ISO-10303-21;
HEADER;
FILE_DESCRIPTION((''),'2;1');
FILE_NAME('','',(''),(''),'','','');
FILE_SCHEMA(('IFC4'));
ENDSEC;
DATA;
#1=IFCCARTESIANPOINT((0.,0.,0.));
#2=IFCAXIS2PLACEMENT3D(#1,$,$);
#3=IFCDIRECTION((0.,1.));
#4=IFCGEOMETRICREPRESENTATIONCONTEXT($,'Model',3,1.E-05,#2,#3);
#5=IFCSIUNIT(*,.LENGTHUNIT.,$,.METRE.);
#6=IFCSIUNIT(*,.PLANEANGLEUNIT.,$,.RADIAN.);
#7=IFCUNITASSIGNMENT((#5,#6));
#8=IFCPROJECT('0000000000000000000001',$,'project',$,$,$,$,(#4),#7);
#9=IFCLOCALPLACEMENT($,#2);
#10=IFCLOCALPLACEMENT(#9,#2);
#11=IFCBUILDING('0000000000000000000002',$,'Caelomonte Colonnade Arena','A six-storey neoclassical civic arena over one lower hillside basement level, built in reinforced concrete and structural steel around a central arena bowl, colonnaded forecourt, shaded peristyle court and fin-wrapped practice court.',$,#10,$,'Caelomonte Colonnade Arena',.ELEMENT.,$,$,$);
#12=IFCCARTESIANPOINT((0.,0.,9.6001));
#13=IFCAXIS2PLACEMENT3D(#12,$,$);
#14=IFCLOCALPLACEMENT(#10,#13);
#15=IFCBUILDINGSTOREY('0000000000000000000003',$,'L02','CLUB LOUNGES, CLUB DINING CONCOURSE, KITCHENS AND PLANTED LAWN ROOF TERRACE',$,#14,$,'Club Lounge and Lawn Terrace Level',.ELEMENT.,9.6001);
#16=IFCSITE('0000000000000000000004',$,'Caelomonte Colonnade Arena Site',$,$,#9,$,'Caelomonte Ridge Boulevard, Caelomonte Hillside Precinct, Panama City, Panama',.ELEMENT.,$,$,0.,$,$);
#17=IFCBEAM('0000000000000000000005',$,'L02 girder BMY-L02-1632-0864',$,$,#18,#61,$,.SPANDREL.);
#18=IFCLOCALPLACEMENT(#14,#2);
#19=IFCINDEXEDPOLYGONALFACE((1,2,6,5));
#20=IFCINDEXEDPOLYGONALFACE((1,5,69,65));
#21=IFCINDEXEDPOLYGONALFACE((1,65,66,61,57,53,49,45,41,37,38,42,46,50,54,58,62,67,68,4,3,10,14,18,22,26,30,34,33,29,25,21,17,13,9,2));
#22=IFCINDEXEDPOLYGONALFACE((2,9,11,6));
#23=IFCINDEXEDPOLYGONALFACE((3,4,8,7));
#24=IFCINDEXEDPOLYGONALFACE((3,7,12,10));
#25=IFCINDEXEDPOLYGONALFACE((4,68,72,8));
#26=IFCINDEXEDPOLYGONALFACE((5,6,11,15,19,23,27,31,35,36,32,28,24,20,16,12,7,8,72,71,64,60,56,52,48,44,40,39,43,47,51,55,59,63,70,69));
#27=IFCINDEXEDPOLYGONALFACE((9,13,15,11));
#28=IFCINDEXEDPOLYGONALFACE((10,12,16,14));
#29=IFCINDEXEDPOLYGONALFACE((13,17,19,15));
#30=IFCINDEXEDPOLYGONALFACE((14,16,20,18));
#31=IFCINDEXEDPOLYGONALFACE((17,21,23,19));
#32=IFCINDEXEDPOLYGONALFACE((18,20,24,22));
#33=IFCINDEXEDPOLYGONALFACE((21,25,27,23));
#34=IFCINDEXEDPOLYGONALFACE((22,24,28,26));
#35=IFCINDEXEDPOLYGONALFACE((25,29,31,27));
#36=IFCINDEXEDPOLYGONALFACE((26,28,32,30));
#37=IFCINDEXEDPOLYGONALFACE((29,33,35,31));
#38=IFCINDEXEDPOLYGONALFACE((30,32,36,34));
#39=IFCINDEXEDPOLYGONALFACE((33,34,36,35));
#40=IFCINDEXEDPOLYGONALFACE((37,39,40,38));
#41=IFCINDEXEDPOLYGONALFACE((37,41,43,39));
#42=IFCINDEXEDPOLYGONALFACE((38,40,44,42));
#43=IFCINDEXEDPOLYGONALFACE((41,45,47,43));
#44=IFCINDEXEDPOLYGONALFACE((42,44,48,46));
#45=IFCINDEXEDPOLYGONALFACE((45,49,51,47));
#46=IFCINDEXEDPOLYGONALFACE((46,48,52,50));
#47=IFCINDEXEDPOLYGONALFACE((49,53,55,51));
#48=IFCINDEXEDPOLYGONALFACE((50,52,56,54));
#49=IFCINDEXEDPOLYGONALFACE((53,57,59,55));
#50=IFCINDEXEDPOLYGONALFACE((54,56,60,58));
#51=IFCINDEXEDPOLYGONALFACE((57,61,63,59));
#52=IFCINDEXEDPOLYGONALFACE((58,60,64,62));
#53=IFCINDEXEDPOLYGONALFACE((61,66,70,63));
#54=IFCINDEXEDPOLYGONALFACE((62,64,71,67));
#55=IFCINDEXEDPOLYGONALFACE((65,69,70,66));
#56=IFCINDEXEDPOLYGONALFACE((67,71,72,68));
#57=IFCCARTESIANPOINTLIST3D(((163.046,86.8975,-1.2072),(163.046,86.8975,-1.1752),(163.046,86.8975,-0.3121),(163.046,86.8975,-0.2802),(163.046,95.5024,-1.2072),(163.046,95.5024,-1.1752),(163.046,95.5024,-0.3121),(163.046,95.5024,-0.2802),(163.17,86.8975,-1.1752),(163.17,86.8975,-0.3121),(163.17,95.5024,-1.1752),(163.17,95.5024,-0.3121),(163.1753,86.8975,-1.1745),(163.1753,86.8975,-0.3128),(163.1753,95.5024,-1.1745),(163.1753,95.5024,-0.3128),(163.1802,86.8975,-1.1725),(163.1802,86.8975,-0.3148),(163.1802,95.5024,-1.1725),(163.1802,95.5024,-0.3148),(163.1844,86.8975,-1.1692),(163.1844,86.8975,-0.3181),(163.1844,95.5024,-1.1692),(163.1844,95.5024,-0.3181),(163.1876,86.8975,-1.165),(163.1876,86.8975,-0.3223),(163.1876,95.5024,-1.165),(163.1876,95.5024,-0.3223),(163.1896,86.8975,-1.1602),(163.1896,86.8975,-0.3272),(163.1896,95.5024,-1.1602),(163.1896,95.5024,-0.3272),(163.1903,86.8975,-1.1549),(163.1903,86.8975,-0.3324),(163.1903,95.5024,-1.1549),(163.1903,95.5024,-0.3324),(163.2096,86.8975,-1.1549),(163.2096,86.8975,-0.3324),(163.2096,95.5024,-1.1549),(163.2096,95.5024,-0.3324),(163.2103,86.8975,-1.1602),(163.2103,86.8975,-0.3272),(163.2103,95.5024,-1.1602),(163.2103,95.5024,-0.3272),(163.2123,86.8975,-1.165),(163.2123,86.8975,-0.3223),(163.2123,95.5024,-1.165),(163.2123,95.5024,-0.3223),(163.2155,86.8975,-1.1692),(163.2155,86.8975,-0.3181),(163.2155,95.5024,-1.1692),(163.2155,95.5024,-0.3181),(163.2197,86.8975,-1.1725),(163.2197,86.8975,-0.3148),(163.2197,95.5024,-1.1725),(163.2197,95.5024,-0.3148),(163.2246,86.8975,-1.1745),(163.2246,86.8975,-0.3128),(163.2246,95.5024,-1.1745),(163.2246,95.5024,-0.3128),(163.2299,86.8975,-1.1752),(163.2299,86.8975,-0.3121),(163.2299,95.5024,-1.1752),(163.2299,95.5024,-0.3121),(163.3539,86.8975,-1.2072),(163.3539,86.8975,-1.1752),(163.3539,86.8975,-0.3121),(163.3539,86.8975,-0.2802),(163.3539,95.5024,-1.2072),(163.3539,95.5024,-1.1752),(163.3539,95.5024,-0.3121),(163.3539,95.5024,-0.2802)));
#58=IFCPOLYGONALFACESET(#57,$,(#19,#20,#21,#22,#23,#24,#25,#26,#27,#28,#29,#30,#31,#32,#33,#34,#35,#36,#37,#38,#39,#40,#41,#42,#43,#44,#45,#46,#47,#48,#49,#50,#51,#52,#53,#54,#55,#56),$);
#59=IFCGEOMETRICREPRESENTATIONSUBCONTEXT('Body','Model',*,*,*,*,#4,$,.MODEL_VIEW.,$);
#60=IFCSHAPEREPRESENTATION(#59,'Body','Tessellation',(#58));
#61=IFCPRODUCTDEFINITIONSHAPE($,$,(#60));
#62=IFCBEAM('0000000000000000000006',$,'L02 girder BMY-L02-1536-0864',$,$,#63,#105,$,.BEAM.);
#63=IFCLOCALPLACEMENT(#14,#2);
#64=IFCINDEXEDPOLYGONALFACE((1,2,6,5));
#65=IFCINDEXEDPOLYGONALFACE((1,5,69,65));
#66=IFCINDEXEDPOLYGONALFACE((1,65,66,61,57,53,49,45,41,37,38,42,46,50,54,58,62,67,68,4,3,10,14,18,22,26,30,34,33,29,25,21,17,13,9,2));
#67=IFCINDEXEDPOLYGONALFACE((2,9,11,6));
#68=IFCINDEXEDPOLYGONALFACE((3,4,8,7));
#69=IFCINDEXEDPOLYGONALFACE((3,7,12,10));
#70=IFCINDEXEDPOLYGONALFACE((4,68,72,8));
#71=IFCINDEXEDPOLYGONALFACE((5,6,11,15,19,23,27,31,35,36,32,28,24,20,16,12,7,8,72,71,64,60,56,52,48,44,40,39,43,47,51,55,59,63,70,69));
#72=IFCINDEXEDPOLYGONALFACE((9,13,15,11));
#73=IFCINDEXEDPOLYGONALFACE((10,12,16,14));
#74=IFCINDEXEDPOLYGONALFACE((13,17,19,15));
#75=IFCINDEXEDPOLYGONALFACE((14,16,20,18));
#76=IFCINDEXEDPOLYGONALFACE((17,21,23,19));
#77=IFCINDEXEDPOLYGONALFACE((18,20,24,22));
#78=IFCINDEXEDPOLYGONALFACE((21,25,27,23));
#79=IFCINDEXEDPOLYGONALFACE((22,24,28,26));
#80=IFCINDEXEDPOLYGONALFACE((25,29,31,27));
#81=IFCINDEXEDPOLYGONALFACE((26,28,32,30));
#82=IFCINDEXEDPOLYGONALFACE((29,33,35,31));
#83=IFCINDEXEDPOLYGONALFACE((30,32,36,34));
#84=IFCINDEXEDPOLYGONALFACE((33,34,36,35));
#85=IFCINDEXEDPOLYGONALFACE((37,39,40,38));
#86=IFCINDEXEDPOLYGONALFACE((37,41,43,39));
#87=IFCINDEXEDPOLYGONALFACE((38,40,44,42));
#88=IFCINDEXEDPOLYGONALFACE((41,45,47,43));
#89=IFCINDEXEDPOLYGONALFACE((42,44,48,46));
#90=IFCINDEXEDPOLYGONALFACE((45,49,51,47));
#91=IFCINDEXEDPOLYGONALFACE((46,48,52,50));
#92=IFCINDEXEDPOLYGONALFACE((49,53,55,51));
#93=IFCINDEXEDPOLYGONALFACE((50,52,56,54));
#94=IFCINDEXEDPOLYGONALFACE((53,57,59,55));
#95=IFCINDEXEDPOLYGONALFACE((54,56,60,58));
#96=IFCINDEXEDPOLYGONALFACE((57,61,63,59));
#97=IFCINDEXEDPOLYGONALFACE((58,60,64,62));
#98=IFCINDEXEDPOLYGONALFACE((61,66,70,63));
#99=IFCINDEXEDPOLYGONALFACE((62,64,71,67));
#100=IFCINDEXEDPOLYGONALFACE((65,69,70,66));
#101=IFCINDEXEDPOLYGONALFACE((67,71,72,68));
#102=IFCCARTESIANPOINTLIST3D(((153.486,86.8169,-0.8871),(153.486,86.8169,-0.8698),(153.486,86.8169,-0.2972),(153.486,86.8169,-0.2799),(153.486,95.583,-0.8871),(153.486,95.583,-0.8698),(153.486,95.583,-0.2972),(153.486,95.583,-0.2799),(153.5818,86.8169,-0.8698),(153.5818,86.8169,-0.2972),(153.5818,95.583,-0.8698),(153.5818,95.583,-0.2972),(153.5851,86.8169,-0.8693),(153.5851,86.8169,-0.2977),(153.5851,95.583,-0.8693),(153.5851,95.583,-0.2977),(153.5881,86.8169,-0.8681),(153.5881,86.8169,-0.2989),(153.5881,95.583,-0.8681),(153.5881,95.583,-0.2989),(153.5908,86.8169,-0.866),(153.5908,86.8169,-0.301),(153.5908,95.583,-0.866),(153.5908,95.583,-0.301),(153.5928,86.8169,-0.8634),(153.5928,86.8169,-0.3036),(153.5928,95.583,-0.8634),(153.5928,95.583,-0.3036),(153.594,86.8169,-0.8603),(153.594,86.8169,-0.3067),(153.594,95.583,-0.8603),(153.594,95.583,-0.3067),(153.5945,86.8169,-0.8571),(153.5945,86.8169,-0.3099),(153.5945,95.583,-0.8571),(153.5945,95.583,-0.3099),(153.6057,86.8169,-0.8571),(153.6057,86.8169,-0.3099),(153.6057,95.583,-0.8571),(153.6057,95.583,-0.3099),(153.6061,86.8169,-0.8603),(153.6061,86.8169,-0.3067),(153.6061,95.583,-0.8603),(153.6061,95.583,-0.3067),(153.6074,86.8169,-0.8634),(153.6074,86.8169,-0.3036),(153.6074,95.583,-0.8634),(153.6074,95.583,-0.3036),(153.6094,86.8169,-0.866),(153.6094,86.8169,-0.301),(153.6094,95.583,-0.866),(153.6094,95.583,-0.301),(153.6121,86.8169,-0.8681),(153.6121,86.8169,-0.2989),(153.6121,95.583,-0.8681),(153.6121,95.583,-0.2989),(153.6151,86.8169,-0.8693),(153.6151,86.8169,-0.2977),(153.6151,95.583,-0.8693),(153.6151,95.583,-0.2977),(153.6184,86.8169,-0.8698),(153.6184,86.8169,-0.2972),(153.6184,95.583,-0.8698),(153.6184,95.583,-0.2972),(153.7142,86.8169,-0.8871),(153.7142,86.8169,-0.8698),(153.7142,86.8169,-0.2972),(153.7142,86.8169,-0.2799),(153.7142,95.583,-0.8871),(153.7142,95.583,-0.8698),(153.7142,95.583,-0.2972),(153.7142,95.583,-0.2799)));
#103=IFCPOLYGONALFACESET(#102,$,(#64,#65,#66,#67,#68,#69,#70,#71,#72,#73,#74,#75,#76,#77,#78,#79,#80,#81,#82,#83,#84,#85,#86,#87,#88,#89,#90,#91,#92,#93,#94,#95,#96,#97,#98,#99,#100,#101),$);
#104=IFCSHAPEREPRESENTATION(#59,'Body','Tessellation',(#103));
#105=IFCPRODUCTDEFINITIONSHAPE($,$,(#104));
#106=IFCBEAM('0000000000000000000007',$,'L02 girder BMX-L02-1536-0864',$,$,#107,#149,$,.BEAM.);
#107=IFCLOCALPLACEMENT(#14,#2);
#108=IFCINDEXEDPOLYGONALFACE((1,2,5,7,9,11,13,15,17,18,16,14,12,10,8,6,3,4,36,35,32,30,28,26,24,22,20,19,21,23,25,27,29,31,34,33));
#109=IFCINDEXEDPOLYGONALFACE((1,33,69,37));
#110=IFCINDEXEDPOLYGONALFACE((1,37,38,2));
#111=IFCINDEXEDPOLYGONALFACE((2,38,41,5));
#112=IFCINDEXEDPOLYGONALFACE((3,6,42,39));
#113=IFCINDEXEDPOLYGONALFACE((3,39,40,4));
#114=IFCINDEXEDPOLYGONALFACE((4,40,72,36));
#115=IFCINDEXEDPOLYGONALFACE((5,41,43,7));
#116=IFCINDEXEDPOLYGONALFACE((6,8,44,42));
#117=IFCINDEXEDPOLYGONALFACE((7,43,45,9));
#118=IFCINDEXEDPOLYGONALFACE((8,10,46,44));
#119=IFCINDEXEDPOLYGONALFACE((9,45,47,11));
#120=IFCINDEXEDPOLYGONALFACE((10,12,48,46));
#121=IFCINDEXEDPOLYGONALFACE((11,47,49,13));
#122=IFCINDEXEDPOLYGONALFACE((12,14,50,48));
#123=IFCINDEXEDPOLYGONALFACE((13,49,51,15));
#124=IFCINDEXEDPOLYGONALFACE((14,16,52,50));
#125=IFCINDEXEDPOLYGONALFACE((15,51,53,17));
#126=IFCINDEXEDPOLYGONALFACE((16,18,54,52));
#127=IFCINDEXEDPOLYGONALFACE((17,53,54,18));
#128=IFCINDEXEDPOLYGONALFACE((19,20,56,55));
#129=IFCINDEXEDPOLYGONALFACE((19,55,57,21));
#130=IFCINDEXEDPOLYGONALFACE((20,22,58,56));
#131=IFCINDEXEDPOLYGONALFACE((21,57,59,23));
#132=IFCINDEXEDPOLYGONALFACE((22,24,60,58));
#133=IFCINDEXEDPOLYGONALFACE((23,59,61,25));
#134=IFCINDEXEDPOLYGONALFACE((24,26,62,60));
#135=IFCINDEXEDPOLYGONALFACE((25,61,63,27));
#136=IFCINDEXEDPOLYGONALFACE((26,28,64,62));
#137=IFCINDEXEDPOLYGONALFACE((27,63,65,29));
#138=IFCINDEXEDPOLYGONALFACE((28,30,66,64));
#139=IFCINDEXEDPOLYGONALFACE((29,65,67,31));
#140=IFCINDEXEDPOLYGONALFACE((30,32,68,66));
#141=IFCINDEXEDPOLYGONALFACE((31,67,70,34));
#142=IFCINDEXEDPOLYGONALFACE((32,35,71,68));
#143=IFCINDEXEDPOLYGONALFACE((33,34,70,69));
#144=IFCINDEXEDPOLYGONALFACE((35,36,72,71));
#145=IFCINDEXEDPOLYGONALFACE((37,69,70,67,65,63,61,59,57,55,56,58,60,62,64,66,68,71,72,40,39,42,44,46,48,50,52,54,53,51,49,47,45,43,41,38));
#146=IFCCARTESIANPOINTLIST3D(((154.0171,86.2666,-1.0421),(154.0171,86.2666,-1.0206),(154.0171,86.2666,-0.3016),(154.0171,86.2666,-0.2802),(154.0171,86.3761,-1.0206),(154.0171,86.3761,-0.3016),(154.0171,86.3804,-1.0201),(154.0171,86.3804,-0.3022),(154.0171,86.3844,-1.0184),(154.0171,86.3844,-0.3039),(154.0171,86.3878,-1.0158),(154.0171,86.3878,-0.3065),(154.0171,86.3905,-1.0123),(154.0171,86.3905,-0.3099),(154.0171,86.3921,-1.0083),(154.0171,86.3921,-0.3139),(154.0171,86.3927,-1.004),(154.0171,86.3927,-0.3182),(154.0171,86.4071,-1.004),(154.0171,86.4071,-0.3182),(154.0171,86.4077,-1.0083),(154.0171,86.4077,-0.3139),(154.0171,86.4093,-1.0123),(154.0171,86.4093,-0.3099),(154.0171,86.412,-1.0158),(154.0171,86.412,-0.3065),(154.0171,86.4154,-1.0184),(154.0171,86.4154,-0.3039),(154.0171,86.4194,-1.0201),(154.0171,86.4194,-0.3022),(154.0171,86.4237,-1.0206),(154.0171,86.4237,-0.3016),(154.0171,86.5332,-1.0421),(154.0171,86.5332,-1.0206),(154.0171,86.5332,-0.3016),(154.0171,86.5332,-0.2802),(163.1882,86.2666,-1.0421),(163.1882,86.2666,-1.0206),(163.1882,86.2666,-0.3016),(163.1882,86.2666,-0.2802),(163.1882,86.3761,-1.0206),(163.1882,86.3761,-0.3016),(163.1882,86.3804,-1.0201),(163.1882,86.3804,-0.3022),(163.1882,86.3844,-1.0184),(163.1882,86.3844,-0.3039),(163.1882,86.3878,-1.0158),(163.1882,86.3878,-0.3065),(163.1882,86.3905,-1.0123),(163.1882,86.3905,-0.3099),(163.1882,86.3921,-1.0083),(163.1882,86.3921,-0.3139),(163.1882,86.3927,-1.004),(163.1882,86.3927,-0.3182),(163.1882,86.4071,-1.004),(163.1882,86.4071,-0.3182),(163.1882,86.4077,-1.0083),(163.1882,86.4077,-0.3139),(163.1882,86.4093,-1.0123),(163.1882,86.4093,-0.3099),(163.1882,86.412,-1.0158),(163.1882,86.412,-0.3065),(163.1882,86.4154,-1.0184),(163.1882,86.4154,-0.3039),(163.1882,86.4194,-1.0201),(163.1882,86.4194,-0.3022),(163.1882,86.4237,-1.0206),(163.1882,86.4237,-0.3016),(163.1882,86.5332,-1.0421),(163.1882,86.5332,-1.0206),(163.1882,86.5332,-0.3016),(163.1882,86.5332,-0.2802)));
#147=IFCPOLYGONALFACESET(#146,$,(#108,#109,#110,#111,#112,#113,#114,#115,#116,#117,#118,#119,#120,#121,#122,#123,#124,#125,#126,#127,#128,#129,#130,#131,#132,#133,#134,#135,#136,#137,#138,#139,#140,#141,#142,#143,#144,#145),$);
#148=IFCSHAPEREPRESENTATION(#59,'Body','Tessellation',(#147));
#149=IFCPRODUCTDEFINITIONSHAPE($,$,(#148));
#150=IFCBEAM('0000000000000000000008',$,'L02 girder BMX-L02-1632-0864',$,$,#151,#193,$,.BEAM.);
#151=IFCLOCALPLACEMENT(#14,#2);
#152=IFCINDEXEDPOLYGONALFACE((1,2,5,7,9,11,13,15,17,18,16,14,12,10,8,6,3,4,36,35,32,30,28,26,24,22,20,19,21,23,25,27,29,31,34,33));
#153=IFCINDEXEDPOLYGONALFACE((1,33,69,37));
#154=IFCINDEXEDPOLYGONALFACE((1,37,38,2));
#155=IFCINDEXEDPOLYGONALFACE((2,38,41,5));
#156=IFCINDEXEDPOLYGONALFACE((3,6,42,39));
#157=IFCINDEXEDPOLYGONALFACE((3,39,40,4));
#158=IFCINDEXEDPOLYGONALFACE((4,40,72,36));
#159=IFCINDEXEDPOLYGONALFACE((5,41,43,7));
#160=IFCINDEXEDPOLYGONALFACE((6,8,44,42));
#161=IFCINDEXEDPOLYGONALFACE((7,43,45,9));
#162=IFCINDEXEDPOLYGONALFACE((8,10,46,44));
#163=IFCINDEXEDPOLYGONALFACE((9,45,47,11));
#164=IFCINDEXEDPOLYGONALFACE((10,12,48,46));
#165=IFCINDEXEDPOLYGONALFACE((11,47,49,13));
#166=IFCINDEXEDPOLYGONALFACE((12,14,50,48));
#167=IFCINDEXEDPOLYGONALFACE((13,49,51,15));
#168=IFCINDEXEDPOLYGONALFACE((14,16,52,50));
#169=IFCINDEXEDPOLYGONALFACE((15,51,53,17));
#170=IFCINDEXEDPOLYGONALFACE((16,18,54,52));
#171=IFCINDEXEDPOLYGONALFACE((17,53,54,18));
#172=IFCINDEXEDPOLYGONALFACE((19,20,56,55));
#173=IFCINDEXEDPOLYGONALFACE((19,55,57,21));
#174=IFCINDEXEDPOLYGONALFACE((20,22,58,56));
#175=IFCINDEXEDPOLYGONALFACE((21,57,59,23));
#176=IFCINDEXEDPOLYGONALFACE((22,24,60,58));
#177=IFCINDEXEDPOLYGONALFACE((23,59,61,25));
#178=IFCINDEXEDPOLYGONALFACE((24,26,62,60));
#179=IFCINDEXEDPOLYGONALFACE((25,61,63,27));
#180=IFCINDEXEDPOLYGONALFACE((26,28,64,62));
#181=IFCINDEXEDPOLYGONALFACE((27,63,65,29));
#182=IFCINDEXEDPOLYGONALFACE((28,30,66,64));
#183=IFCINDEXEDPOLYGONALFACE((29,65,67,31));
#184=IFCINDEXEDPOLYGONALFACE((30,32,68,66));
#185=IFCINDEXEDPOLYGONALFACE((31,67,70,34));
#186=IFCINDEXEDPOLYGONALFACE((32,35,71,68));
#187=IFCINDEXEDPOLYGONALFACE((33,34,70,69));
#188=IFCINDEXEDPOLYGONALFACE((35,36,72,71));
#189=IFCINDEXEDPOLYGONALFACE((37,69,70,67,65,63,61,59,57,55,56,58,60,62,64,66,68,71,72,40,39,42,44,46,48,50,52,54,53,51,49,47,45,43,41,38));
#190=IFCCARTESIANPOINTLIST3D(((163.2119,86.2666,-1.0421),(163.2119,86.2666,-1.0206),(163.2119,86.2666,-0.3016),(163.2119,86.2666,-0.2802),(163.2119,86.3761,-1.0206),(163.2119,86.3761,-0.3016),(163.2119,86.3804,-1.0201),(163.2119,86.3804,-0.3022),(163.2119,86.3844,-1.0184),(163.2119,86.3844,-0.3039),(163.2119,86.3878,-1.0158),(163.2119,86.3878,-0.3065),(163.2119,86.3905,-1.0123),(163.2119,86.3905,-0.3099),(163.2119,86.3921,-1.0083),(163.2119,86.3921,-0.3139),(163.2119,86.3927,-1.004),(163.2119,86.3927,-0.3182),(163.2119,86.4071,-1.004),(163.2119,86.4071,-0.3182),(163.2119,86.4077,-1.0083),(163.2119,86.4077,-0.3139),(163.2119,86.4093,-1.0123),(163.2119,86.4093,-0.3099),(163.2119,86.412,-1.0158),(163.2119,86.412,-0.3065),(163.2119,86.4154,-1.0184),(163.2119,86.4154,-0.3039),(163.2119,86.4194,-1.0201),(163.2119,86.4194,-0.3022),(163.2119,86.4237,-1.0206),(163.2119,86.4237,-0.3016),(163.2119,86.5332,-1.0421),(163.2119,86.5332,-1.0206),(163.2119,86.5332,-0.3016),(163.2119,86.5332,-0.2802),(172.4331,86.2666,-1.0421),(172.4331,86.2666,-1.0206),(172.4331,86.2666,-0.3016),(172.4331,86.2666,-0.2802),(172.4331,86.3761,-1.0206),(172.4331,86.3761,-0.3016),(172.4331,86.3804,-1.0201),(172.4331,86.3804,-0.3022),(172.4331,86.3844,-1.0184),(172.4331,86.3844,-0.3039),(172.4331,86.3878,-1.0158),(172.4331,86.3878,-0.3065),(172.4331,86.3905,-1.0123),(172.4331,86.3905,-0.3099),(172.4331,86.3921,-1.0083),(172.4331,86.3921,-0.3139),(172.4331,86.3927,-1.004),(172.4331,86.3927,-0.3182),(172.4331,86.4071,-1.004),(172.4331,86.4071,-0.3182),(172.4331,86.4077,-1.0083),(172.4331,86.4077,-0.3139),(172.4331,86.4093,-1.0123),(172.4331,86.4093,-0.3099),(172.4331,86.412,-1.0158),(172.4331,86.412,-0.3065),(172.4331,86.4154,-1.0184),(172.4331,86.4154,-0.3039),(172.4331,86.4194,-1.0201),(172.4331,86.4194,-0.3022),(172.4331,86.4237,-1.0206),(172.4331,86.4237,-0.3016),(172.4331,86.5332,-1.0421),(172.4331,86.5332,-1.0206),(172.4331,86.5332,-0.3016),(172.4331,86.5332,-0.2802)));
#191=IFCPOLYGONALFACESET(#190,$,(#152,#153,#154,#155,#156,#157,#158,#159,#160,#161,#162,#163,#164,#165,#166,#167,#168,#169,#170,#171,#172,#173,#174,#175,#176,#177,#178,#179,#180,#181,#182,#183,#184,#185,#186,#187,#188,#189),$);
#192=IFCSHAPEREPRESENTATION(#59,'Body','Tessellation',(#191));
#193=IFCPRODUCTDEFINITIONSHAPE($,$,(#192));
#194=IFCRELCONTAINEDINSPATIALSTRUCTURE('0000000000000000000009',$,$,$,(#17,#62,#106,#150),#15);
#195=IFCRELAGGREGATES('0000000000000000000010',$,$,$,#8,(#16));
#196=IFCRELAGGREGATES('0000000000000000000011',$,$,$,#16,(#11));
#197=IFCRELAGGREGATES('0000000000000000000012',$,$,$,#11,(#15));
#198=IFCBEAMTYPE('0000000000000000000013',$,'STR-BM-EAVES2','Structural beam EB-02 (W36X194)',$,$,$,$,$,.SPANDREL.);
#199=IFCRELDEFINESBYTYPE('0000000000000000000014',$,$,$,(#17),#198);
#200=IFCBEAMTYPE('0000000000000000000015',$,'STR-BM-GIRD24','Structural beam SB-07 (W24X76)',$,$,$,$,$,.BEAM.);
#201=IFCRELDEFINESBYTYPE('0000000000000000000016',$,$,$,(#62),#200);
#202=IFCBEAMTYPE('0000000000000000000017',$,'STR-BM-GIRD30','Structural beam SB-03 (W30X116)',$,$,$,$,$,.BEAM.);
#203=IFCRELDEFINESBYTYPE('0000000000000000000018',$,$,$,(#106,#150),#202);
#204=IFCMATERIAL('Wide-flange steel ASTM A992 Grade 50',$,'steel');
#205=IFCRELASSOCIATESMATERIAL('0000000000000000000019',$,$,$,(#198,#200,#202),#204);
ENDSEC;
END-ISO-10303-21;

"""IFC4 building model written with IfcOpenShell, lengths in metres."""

from ifc_helpers import new_model, si_unit, direction, frame, origin, origin_2d, place, context, subcontext, project, spatial, i_section, extrude, material, material_profile, profile_set, type_object, element, save


model = new_model("IFC4")

# Units and contexts
model_context = context("Model", 3, precision=1e-05, world=origin(), true_north=direction((0.0, 1.0)))
body_context = subcontext(model_context, "Body", "Model", "MODEL_VIEW")
ifc_project = project(units=[si_unit("LENGTHUNIT", "METRE"), si_unit("PLANEANGLEUNIT", "RADIAN")], contexts=[model_context])

# Site, building, storey
site_placement = place(None, origin())
site = spatial("IfcSite", under=ifc_project, at=site_placement, Name="Caelomonte Colonnade Arena Site", LongName="Caelomonte Ridge Boulevard, Caelomonte Hillside Precinct, Panama City, Panama", CompositionType="ELEMENT", RefElevation=0.0)
building_placement = place(site_placement, origin())
building = spatial("IfcBuilding", under=site, at=building_placement, Name="Caelomonte Colonnade Arena", Description="A six-storey neoclassical civic arena over one lower hillside basement level, built in reinforced concrete and structural steel around a central arena bowl, colonnaded forecourt, shaded peristyle court and fin-wrapped practice court.", LongName="Caelomonte Colonnade Arena", CompositionType="ELEMENT")
storey_placement = place(building_placement, frame((0.0, 0.0, 9.6001)))
storey = spatial("IfcBuildingStorey", under=building, at=storey_placement, Name="L02", Description="CLUB LOUNGES, CLUB DINING CONCOURSE, KITCHENS AND PLANTED LAWN ROOF TERRACE", LongName="Club Lounge and Lawn Terrace Level", CompositionType="ELEMENT", Elevation=9.6001)

# Shared definitions
ifc_material_1 = material(Name="Wide-flange steel ASTM A992 Grade 50", Category="steel")

# Beams
ifc_material_profile_1 = material_profile(ifc_material_1, i_section(OverallWidth=0.3079, OverallDepth=0.927, WebThickness=0.0193, FlangeThickness=0.032, FilletRadius=0.0203, at=origin_2d()), Name="W36X194")
ifc_profile_set_1 = profile_set([ifc_material_profile_1], Name="Wide-flange steel ASTM A992 Grade 50")
beam_type_1 = type_object("IfcBeamType", Name="STR-BM-EAVES2", Description="Structural beam EB-02 (W36X194)", PredefinedType="SPANDREL", material=ifc_profile_set_1)
beam_1_placement = place(storey_placement, frame((163.2, 86.8975, -0.7437), z_axis=(0.0, 1.0, 0.0), x_axis=(-1.0, 0.0, 0.0)))
element("IfcBeam", 1, at=beam_1_placement, inside=storey, type_object=beam_type_1, Name="L02 girder BMY-L02-1632-0864", PredefinedType="SPANDREL", context=body_context, shape_type="SweptSolid", body=[
    extrude(i_section(OverallWidth=0.3079, OverallDepth=0.927, WebThickness=0.0193, FlangeThickness=0.032, FilletRadius=0.0203, at=origin_2d()), origin(), (0.0, 0.0, 1.0), 8.605),
])
ifc_material_profile_2 = material_profile(ifc_material_1, i_section(OverallWidth=0.2283, OverallDepth=0.6072, WebThickness=0.0112, FlangeThickness=0.0173, FilletRadius=0.0127, at=origin_2d()), Name="W24X76")
ifc_profile_set_2 = profile_set([ifc_material_profile_2], Name="Wide-flange steel ASTM A992 Grade 50")
beam_type_2 = type_object("IfcBeamType", Name="STR-BM-GIRD24", Description="Structural beam SB-07 (W24X76)", PredefinedType="BEAM", material=ifc_profile_set_2)
beam_2_placement = place(storey_placement, frame((153.6001, 86.8169, -0.5835), z_axis=(0.0, 1.0, 0.0), x_axis=(-1.0, 0.0, 0.0)))
element("IfcBeam", 2, at=beam_2_placement, inside=storey, type_object=beam_type_2, Name="L02 girder BMY-L02-1536-0864", PredefinedType="BEAM", context=body_context, shape_type="SweptSolid", body=[
    extrude(i_section(OverallWidth=0.2283, OverallDepth=0.6072, WebThickness=0.0112, FlangeThickness=0.0173, FilletRadius=0.0127, at=origin_2d()), origin(), (0.0, 0.0, 1.0), 8.7661),
])
ifc_material_profile_3 = material_profile(ifc_material_1, i_section(OverallWidth=0.2666, OverallDepth=0.762, WebThickness=0.0144, FlangeThickness=0.0215, FilletRadius=0.0166, at=origin_2d()), Name="W30X116")
ifc_profile_set_3 = profile_set([ifc_material_profile_3], Name="Wide-flange steel ASTM A992 Grade 50")
beam_type_3 = type_object("IfcBeamType", Name="STR-BM-GIRD30", Description="Structural beam SB-03 (W30X116)", PredefinedType="BEAM", material=ifc_profile_set_3)
beam_3_placement = place(storey_placement, frame((154.0171, 86.3999, -0.6611), z_axis=(1.0, 0.0, 0.0), x_axis=(0.0, 1.0, 0.0)))
element("IfcBeam", 3, at=beam_3_placement, inside=storey, type_object=beam_type_3, Name="L02 girder BMX-L02-1536-0864", PredefinedType="BEAM", context=body_context, shape_type="SweptSolid", body=[
    extrude(i_section(OverallWidth=0.2666, OverallDepth=0.762, WebThickness=0.0144, FlangeThickness=0.0215, FilletRadius=0.0166, at=origin_2d()), origin(), (0.0, 0.0, 1.0), 9.1711),
])
beam_4_placement = place(storey_placement, frame((163.2119, 86.3999, -0.6611), z_axis=(1.0, 0.0, 0.0), x_axis=(0.0, 1.0, 0.0)))
element("IfcBeam", 4, at=beam_4_placement, inside=storey, type_object=beam_type_3, Name="L02 girder BMX-L02-1632-0864", PredefinedType="BEAM", context=body_context, shape_type="SweptSolid", body=[
    extrude(i_section(OverallWidth=0.2666, OverallDepth=0.762, WebThickness=0.0144, FlangeThickness=0.0215, FilletRadius=0.0166, at=origin_2d()), origin(), (0.0, 0.0, 1.0), 9.2212),
])

save(model, "model.ifc")
